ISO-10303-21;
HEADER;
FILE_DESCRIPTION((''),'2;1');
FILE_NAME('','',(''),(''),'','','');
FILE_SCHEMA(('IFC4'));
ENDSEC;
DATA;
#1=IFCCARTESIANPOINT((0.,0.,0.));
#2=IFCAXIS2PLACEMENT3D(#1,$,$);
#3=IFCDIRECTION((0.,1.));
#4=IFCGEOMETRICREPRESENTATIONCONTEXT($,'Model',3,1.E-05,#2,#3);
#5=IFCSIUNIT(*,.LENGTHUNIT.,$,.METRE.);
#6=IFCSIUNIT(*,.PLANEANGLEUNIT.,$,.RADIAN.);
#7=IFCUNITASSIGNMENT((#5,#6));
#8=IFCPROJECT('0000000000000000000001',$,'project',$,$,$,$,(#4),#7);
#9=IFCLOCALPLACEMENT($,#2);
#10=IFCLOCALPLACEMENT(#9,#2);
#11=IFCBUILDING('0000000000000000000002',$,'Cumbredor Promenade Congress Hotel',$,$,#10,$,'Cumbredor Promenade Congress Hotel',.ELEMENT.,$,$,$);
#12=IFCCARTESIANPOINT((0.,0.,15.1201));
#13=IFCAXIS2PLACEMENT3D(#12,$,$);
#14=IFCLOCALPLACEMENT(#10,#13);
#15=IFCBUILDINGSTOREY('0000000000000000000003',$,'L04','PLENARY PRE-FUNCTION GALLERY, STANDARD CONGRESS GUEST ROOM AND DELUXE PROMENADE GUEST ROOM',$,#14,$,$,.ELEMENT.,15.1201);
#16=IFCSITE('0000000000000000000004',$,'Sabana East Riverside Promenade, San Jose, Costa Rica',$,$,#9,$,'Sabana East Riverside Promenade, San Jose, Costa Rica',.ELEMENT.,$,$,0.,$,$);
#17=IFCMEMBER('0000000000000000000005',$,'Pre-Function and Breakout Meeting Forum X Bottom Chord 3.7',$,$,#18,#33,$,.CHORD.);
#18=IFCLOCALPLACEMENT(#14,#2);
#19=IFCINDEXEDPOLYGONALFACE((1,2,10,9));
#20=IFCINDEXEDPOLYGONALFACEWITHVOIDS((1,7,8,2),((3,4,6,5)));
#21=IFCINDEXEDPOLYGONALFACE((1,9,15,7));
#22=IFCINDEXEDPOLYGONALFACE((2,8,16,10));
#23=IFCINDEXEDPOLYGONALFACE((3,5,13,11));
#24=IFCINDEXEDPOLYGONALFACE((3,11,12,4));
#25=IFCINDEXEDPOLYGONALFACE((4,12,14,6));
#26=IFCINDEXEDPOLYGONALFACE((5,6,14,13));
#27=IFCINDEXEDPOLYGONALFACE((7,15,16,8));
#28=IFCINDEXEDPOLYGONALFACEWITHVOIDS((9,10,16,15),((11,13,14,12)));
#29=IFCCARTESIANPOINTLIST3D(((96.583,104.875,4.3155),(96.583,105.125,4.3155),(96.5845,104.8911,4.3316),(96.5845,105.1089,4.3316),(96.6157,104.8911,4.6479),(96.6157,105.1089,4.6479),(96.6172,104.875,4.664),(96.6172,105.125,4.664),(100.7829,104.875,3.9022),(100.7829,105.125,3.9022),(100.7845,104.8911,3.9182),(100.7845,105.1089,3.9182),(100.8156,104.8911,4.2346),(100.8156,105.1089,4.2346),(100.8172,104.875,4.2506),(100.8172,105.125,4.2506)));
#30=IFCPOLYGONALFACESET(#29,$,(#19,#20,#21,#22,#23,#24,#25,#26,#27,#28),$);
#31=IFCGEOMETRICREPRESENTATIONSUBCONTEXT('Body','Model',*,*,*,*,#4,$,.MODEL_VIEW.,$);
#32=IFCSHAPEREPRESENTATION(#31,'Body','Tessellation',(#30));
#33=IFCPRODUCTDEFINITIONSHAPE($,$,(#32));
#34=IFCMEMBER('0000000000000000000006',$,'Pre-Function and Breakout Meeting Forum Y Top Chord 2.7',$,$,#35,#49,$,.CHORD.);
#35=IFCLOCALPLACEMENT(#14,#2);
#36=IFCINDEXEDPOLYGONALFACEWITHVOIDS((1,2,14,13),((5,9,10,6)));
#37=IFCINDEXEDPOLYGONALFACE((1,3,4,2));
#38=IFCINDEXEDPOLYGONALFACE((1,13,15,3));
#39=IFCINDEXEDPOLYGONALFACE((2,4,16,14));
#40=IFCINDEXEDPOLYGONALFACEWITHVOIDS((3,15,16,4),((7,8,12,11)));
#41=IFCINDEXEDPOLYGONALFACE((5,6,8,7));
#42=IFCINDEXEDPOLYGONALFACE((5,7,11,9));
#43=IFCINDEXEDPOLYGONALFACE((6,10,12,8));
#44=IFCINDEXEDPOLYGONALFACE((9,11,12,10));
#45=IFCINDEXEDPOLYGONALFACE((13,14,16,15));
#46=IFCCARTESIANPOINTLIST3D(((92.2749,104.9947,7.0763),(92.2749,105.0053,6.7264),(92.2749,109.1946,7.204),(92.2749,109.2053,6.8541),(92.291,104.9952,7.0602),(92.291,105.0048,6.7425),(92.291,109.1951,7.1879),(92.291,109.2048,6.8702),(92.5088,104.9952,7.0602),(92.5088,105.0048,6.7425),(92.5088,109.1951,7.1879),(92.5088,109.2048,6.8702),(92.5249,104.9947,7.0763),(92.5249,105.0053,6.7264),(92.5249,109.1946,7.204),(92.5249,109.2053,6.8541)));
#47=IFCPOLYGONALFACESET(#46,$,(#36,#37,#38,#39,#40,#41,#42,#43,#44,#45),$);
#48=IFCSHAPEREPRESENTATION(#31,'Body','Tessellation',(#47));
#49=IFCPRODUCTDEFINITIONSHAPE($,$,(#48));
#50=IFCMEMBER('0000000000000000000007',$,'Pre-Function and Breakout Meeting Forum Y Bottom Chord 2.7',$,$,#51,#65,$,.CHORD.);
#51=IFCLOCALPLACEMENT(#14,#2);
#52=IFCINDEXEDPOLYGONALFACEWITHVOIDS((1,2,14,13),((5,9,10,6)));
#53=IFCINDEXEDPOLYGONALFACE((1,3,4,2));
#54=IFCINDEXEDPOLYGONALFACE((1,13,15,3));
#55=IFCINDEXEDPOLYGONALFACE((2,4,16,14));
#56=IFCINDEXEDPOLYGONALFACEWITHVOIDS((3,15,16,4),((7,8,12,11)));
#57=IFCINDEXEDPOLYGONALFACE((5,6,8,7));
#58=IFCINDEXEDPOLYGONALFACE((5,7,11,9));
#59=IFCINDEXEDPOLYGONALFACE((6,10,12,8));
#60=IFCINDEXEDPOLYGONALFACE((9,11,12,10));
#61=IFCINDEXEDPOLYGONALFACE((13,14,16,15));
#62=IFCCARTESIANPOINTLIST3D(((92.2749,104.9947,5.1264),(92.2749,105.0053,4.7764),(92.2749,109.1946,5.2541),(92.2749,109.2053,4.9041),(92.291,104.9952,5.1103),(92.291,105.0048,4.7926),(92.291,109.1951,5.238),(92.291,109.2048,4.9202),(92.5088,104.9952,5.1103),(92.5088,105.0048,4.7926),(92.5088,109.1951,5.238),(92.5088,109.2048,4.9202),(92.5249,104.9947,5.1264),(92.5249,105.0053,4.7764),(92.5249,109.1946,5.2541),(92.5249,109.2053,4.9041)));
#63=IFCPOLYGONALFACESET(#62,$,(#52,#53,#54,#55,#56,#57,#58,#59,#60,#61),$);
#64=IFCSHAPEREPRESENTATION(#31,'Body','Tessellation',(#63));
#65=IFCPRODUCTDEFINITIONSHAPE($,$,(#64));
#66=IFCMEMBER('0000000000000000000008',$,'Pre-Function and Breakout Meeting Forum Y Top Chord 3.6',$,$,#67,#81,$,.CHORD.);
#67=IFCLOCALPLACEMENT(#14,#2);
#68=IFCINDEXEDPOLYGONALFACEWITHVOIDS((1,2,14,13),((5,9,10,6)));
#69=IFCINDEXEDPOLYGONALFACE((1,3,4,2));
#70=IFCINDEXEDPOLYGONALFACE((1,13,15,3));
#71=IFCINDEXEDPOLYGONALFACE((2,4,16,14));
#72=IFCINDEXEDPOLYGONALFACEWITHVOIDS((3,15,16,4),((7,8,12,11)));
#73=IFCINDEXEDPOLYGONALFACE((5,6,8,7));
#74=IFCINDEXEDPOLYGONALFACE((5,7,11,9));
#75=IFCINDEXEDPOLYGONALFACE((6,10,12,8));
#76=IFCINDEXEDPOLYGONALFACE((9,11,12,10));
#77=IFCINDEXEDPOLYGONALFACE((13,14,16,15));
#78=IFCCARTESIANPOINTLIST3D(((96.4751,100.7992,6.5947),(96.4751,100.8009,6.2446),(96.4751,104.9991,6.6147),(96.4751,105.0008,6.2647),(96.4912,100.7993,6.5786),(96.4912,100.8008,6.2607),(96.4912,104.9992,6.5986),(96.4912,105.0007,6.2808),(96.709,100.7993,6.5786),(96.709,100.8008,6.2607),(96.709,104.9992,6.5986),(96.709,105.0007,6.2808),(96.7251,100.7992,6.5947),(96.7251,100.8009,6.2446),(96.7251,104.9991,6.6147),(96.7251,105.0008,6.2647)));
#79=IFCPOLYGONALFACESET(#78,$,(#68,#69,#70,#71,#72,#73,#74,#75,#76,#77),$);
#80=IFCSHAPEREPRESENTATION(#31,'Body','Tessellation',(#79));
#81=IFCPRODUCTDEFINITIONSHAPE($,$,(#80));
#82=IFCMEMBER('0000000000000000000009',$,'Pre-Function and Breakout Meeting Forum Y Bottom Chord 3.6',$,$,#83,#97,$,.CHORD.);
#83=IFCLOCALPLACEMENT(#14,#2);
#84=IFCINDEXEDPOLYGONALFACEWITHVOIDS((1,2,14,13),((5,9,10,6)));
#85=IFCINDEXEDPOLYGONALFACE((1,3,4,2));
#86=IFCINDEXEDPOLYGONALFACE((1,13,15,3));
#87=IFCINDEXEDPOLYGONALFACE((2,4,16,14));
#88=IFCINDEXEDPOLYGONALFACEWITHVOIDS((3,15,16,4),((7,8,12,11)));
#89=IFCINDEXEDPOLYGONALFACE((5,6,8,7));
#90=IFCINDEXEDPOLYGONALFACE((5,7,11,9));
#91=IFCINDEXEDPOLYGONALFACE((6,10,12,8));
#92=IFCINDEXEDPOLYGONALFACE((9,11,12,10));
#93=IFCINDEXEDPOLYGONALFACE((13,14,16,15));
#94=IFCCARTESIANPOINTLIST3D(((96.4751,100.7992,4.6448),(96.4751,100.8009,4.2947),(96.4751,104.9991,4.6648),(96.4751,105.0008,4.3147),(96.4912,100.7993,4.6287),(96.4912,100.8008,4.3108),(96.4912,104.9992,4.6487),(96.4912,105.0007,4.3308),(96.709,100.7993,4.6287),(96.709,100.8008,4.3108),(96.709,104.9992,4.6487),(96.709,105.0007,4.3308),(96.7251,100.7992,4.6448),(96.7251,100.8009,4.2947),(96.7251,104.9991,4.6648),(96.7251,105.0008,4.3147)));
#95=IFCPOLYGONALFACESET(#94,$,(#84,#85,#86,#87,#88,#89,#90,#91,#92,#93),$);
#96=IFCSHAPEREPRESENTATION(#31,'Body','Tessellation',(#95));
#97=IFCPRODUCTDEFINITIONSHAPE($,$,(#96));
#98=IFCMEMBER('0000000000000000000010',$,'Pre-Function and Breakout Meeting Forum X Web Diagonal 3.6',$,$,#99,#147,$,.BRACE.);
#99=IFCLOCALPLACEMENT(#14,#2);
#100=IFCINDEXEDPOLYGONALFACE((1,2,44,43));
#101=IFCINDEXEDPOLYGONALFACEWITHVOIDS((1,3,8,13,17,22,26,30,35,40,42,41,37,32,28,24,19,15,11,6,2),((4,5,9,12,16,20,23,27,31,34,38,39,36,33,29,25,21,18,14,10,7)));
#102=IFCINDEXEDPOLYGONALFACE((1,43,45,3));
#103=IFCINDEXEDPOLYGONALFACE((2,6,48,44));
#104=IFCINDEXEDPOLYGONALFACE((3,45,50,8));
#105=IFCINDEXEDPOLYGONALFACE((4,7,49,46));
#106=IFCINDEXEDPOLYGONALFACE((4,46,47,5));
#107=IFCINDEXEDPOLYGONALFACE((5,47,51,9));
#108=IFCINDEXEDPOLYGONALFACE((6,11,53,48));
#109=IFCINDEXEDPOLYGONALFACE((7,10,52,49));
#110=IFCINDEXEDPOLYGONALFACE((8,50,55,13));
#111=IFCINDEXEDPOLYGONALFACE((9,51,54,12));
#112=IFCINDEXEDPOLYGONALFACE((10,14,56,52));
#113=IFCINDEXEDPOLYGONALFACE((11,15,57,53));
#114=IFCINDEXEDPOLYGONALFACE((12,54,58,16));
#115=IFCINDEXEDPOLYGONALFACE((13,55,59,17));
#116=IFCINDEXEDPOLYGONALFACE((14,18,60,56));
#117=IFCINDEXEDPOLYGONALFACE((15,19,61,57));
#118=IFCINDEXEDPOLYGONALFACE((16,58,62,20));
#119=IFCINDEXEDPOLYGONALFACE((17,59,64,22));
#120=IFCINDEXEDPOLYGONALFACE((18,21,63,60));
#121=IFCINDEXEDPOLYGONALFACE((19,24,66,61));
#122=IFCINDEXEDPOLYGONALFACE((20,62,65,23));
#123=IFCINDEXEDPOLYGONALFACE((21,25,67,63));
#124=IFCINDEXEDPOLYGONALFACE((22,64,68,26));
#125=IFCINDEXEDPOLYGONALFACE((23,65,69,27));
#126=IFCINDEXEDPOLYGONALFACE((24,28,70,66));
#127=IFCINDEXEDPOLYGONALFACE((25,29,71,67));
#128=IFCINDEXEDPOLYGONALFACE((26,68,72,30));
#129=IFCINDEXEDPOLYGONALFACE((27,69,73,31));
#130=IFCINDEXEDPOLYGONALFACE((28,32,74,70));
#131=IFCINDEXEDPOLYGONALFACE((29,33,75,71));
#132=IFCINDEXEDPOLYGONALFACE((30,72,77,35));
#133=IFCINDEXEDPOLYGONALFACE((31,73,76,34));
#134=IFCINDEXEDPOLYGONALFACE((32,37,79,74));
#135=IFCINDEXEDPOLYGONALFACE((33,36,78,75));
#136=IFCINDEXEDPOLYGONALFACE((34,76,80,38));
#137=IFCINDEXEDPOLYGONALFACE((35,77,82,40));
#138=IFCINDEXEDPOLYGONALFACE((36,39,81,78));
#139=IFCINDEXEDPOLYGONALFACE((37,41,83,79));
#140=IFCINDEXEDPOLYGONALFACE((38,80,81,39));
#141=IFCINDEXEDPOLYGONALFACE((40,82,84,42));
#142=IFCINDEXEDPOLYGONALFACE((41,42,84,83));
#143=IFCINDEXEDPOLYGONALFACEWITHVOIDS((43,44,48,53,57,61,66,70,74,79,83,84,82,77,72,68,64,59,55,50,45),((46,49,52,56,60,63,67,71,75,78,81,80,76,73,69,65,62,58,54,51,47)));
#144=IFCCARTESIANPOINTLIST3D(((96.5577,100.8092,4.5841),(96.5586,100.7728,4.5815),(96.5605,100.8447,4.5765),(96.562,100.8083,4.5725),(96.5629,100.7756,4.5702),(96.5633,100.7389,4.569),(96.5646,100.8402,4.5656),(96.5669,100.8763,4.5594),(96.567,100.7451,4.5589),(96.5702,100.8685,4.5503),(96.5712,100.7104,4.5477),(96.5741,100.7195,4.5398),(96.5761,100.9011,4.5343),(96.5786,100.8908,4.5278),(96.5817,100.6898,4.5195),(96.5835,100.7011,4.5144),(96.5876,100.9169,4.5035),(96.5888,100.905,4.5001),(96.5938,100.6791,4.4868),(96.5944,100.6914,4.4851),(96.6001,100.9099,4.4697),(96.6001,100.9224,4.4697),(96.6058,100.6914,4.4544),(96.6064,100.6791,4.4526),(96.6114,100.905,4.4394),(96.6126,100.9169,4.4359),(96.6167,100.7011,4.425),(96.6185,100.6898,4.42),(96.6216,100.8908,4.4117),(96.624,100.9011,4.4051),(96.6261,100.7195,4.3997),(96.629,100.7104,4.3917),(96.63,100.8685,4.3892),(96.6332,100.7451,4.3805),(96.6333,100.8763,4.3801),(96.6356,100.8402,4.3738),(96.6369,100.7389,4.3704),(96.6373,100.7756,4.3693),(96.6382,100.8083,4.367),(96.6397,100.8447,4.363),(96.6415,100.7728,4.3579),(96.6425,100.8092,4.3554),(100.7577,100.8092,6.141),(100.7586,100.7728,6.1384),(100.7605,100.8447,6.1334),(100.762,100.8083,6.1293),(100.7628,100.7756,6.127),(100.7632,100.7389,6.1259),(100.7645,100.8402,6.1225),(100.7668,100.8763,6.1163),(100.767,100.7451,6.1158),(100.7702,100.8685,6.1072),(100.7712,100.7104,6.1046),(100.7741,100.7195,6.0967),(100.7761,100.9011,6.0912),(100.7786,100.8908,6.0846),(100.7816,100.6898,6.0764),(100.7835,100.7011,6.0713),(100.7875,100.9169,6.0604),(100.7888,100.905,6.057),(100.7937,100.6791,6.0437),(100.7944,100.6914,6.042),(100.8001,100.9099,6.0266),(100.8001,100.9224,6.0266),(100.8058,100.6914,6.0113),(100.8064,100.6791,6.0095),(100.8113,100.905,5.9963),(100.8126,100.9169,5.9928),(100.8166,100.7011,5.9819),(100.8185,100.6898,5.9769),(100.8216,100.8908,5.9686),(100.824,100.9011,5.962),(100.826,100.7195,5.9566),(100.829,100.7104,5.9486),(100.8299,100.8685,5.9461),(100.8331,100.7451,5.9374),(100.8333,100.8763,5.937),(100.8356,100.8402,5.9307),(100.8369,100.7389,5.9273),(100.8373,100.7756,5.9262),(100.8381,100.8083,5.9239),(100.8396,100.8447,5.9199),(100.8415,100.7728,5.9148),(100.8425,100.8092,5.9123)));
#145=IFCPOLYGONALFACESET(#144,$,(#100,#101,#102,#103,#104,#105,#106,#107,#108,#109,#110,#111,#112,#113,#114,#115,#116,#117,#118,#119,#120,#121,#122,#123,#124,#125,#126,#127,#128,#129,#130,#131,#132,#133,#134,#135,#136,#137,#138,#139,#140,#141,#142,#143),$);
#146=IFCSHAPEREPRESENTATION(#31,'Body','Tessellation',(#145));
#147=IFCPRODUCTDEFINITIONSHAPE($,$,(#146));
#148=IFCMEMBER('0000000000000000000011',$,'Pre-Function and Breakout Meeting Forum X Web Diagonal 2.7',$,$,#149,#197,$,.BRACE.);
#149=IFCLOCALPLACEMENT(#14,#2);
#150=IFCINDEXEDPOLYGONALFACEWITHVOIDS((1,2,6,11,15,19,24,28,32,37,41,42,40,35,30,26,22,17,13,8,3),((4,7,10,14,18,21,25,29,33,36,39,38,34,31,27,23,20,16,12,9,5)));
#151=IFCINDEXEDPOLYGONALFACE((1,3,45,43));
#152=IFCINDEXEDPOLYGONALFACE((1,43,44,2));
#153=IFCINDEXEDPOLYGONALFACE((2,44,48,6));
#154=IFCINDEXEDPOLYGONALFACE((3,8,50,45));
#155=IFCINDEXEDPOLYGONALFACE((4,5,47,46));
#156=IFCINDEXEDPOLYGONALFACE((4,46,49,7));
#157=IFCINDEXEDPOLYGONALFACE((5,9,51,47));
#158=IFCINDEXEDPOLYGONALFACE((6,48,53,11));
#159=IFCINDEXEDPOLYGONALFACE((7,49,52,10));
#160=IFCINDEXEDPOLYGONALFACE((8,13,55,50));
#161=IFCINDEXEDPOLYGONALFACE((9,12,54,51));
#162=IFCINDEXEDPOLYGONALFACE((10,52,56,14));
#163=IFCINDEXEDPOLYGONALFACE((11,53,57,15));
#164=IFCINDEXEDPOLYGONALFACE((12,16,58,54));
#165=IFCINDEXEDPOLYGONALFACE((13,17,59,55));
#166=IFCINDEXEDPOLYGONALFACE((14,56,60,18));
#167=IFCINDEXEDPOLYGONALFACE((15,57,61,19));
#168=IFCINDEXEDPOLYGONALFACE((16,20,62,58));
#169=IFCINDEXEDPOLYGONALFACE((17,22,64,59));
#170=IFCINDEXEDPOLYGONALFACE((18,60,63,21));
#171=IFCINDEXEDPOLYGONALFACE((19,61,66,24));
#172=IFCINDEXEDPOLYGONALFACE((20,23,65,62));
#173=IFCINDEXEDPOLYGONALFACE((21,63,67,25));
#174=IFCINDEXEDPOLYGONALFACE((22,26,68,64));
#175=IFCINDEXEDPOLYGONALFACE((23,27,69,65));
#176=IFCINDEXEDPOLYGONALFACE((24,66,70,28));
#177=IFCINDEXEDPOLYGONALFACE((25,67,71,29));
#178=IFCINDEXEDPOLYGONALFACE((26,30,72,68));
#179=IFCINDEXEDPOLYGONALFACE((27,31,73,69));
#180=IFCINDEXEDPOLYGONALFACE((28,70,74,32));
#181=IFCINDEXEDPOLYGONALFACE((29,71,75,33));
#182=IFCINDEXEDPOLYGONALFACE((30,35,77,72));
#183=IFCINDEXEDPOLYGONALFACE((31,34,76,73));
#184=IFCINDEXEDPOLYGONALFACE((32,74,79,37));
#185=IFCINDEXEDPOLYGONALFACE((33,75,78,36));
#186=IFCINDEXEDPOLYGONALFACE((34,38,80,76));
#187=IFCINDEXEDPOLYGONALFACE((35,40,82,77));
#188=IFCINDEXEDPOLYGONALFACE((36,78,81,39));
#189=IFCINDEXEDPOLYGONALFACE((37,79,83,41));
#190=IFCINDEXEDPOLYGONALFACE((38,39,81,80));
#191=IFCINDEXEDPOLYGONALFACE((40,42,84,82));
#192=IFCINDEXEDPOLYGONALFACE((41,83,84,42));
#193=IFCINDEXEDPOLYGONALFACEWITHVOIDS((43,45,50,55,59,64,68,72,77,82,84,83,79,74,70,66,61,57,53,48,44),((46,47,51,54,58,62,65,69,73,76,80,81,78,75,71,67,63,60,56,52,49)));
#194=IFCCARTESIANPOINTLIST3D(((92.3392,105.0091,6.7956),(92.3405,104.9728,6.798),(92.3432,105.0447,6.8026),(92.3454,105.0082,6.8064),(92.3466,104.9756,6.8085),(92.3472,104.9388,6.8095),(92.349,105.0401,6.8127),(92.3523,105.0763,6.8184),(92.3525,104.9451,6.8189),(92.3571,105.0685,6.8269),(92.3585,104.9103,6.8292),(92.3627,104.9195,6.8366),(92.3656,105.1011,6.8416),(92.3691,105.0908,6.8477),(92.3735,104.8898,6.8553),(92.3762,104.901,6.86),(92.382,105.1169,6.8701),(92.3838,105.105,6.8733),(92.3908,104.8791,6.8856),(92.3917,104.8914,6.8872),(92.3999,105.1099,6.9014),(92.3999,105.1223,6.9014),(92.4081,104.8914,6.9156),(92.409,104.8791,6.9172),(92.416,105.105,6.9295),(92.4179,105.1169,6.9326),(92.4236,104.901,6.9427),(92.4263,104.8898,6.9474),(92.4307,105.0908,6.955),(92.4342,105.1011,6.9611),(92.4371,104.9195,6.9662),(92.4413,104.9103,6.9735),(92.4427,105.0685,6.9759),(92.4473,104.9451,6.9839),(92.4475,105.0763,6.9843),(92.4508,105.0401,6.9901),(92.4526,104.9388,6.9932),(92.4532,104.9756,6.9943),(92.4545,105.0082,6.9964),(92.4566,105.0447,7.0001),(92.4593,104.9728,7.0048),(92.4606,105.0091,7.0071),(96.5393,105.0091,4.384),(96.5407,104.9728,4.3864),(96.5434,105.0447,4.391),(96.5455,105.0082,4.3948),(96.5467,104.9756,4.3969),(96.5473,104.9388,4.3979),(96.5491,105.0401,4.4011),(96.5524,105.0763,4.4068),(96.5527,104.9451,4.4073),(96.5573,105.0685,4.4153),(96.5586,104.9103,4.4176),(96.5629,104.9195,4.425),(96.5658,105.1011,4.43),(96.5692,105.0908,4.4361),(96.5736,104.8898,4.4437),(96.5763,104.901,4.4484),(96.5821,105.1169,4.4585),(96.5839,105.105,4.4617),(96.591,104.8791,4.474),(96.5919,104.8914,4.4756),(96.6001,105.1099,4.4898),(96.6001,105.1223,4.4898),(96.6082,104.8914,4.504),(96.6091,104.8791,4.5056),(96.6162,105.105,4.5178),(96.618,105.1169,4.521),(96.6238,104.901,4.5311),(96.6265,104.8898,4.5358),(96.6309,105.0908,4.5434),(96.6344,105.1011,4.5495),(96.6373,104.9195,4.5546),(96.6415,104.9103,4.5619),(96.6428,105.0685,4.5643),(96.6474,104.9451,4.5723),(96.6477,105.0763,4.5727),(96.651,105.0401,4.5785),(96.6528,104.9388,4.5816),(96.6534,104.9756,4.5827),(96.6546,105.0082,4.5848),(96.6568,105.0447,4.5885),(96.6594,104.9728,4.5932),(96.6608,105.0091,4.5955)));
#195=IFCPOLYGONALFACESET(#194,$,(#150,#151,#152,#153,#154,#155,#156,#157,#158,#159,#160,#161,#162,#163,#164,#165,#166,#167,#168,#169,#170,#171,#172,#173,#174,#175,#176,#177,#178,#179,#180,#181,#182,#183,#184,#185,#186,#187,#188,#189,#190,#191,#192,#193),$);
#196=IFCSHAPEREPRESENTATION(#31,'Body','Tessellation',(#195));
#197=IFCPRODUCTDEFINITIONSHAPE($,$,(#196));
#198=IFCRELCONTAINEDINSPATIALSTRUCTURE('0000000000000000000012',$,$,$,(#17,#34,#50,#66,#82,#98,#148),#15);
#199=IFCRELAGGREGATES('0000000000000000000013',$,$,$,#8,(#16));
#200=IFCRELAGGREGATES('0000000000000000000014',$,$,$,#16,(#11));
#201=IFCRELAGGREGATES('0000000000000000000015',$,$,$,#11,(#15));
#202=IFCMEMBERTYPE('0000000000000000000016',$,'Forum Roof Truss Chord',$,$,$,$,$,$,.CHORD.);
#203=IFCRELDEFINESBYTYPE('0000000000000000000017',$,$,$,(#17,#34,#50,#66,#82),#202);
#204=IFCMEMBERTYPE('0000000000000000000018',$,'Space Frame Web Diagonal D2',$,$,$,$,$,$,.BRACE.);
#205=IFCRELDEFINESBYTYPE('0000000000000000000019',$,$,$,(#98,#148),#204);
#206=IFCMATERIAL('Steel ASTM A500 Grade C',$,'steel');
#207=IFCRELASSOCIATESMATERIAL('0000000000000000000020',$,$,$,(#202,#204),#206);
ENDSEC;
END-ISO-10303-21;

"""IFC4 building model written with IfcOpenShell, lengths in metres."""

from ifc_helpers import new_model, si_unit, direction, frame, origin, origin_2d, place, context, subcontext, project, spatial, hollow_rectangle, hollow_circle, extrude, material, material_profile, profile_set, type_object, element, save


model = new_model("IFC4")

# Units and contexts
model_context = context("Model", 3, precision=1e-05, world=origin(), true_north=direction((0.0, 1.0)))
body_context = subcontext(model_context, "Body", "Model", "MODEL_VIEW")
ifc_project = project(units=[si_unit("LENGTHUNIT", "METRE"), si_unit("PLANEANGLEUNIT", "RADIAN")], contexts=[model_context])

# Site, building, storey
site_placement = place(None, origin())
site = spatial("IfcSite", under=ifc_project, at=site_placement, Name="Sabana East Riverside Promenade, San Jose, Costa Rica", LongName="Sabana East Riverside Promenade, San Jose, Costa Rica", CompositionType="ELEMENT", RefElevation=0.0)
building_placement = place(site_placement, origin())
building = spatial("IfcBuilding", under=site, at=building_placement, Name="Cumbredor Promenade Congress Hotel", LongName="Cumbredor Promenade Congress Hotel", CompositionType="ELEMENT")
storey_placement = place(building_placement, frame((0.0, 0.0, 15.1201)))
storey = spatial("IfcBuildingStorey", under=building, at=storey_placement, Name="L04", Description="PLENARY PRE-FUNCTION GALLERY, STANDARD CONGRESS GUEST ROOM AND DELUXE PROMENADE GUEST ROOM", CompositionType="ELEMENT", Elevation=15.1201)

# Members
ifc_material_1 = material(Name="Steel ASTM A500 Grade C", Category="steel")
ifc_material_profile_1 = material_profile(ifc_material_1, hollow_rectangle(XDim=0.25, YDim=0.3501, WallThickness=0.0161, at=origin_2d()), Name="HSS 350x250x16")
ifc_profile_set_1 = profile_set([ifc_material_profile_1], Name="Steel ASTM A500 Grade C")
member_type_1 = type_object("IfcMemberType", Name="Forum Roof Truss Chord", PredefinedType="CHORD", material=ifc_profile_set_1)
for number, where, z_axis, x_axis, name in (
    (1, (96.6001, 105.0, 4.4897), (0.995192, 0.0, -0.09794), (0.0, 1.0, 0.0), "Pre-Function and Breakout Meeting Forum X Bottom Chord 3.7"),
):
    element("IfcMember", number, at=place(storey_placement, frame(where, z_axis=z_axis, x_axis=x_axis)), inside=storey, type_object=member_type_1, Name=name, PredefinedType="CHORD", context=body_context, shape_type="SweptSolid", body=[
        extrude(hollow_rectangle(XDim=0.25, YDim=0.3501, WallThickness=0.0161, at=origin_2d()), origin(), (0.0, 0.0, 1.0), 4.2202),
    ])
for number, where, z_axis, x_axis, name in (
    (2, (92.3999, 105.0, 6.9014), (0.0, 0.999538, 0.030388), (-1.0, 0.0, 0.0), "Pre-Function and Breakout Meeting Forum Y Top Chord 2.7"),
    (3, (92.3999, 105.0, 4.9514), (0.0, 0.999538, 0.030388), (-1.0, 0.0, 0.0), "Pre-Function and Breakout Meeting Forum Y Bottom Chord 2.7"),
):
    element("IfcMember", number, at=place(storey_placement, frame(where, z_axis=z_axis, x_axis=x_axis)), inside=storey, type_object=member_type_1, Name=name, PredefinedType="CHORD", context=body_context, shape_type="SweptSolid", body=[
        extrude(hollow_rectangle(XDim=0.25, YDim=0.3501, WallThickness=0.0161, at=origin_2d()), origin(), (0.0, 0.0, 1.0), 4.2019),
    ])
for number, where, z_axis, x_axis, name in (
    (4, (96.6001, 100.8, 6.4197), (0.0, 0.999989, 0.004767), (-1.0, 0.0, 0.0), "Pre-Function and Breakout Meeting Forum Y Top Chord 3.6"),
    (5, (96.6001, 100.8, 4.4697), (0.0, 0.999989, 0.004767), (-1.0, 0.0, 0.0), "Pre-Function and Breakout Meeting Forum Y Bottom Chord 3.6"),
):
    element("IfcMember", number, at=place(storey_placement, frame(where, z_axis=z_axis, x_axis=x_axis)), inside=storey, type_object=member_type_1, Name=name, PredefinedType="CHORD", context=body_context, shape_type="SweptSolid", body=[
        extrude(hollow_rectangle(XDim=0.25, YDim=0.3501, WallThickness=0.0161, at=origin_2d()), origin(), (0.0, 0.0, 1.0), 4.2),
    ])
ifc_material_profile_2 = material_profile(ifc_material_1, hollow_circle(Radius=0.1223, WallThickness=0.0125, at=origin_2d()), Name="CHS 244.5x12.5")
ifc_profile_set_2 = profile_set([ifc_material_profile_2], Name="Steel ASTM A500 Grade C")
member_type_2 = type_object("IfcMemberType", Name="Space Frame Web Diagonal D2", PredefinedType="BRACE", material=ifc_profile_set_2)
member_1_placement = place(storey_placement, frame((96.6001, 100.8, 4.4697), z_axis=(0.937651, 0.0, 0.347579), x_axis=(0.0, 1.0, 0.0)))
element("IfcMember", 6, at=member_1_placement, inside=storey, type_object=member_type_2, Name="Pre-Function and Breakout Meeting Forum X Web Diagonal 3.6", PredefinedType="BRACE", context=body_context, shape_type="SweptSolid", body=[
    extrude(hollow_circle(Radius=0.1223, WallThickness=0.0125, at=origin_2d()), origin(), (0.0, 0.0, 1.0), 4.4792),
])
member_2_placement = place(storey_placement, frame((92.3999, 105.0, 6.9014), z_axis=(0.867218, 0.0, -0.497929), x_axis=(0.0, 1.0, 0.0)))
element("IfcMember", 7, at=member_2_placement, inside=storey, type_object=member_type_2, Name="Pre-Function and Breakout Meeting Forum X Web Diagonal 2.7", PredefinedType="BRACE", context=body_context, shape_type="SweptSolid", body=[
    extrude(hollow_circle(Radius=0.1223, WallThickness=0.0125, at=origin_2d()), origin(), (0.0, 0.0, 1.0), 4.8433),
])

save(model, "model.ifc")
